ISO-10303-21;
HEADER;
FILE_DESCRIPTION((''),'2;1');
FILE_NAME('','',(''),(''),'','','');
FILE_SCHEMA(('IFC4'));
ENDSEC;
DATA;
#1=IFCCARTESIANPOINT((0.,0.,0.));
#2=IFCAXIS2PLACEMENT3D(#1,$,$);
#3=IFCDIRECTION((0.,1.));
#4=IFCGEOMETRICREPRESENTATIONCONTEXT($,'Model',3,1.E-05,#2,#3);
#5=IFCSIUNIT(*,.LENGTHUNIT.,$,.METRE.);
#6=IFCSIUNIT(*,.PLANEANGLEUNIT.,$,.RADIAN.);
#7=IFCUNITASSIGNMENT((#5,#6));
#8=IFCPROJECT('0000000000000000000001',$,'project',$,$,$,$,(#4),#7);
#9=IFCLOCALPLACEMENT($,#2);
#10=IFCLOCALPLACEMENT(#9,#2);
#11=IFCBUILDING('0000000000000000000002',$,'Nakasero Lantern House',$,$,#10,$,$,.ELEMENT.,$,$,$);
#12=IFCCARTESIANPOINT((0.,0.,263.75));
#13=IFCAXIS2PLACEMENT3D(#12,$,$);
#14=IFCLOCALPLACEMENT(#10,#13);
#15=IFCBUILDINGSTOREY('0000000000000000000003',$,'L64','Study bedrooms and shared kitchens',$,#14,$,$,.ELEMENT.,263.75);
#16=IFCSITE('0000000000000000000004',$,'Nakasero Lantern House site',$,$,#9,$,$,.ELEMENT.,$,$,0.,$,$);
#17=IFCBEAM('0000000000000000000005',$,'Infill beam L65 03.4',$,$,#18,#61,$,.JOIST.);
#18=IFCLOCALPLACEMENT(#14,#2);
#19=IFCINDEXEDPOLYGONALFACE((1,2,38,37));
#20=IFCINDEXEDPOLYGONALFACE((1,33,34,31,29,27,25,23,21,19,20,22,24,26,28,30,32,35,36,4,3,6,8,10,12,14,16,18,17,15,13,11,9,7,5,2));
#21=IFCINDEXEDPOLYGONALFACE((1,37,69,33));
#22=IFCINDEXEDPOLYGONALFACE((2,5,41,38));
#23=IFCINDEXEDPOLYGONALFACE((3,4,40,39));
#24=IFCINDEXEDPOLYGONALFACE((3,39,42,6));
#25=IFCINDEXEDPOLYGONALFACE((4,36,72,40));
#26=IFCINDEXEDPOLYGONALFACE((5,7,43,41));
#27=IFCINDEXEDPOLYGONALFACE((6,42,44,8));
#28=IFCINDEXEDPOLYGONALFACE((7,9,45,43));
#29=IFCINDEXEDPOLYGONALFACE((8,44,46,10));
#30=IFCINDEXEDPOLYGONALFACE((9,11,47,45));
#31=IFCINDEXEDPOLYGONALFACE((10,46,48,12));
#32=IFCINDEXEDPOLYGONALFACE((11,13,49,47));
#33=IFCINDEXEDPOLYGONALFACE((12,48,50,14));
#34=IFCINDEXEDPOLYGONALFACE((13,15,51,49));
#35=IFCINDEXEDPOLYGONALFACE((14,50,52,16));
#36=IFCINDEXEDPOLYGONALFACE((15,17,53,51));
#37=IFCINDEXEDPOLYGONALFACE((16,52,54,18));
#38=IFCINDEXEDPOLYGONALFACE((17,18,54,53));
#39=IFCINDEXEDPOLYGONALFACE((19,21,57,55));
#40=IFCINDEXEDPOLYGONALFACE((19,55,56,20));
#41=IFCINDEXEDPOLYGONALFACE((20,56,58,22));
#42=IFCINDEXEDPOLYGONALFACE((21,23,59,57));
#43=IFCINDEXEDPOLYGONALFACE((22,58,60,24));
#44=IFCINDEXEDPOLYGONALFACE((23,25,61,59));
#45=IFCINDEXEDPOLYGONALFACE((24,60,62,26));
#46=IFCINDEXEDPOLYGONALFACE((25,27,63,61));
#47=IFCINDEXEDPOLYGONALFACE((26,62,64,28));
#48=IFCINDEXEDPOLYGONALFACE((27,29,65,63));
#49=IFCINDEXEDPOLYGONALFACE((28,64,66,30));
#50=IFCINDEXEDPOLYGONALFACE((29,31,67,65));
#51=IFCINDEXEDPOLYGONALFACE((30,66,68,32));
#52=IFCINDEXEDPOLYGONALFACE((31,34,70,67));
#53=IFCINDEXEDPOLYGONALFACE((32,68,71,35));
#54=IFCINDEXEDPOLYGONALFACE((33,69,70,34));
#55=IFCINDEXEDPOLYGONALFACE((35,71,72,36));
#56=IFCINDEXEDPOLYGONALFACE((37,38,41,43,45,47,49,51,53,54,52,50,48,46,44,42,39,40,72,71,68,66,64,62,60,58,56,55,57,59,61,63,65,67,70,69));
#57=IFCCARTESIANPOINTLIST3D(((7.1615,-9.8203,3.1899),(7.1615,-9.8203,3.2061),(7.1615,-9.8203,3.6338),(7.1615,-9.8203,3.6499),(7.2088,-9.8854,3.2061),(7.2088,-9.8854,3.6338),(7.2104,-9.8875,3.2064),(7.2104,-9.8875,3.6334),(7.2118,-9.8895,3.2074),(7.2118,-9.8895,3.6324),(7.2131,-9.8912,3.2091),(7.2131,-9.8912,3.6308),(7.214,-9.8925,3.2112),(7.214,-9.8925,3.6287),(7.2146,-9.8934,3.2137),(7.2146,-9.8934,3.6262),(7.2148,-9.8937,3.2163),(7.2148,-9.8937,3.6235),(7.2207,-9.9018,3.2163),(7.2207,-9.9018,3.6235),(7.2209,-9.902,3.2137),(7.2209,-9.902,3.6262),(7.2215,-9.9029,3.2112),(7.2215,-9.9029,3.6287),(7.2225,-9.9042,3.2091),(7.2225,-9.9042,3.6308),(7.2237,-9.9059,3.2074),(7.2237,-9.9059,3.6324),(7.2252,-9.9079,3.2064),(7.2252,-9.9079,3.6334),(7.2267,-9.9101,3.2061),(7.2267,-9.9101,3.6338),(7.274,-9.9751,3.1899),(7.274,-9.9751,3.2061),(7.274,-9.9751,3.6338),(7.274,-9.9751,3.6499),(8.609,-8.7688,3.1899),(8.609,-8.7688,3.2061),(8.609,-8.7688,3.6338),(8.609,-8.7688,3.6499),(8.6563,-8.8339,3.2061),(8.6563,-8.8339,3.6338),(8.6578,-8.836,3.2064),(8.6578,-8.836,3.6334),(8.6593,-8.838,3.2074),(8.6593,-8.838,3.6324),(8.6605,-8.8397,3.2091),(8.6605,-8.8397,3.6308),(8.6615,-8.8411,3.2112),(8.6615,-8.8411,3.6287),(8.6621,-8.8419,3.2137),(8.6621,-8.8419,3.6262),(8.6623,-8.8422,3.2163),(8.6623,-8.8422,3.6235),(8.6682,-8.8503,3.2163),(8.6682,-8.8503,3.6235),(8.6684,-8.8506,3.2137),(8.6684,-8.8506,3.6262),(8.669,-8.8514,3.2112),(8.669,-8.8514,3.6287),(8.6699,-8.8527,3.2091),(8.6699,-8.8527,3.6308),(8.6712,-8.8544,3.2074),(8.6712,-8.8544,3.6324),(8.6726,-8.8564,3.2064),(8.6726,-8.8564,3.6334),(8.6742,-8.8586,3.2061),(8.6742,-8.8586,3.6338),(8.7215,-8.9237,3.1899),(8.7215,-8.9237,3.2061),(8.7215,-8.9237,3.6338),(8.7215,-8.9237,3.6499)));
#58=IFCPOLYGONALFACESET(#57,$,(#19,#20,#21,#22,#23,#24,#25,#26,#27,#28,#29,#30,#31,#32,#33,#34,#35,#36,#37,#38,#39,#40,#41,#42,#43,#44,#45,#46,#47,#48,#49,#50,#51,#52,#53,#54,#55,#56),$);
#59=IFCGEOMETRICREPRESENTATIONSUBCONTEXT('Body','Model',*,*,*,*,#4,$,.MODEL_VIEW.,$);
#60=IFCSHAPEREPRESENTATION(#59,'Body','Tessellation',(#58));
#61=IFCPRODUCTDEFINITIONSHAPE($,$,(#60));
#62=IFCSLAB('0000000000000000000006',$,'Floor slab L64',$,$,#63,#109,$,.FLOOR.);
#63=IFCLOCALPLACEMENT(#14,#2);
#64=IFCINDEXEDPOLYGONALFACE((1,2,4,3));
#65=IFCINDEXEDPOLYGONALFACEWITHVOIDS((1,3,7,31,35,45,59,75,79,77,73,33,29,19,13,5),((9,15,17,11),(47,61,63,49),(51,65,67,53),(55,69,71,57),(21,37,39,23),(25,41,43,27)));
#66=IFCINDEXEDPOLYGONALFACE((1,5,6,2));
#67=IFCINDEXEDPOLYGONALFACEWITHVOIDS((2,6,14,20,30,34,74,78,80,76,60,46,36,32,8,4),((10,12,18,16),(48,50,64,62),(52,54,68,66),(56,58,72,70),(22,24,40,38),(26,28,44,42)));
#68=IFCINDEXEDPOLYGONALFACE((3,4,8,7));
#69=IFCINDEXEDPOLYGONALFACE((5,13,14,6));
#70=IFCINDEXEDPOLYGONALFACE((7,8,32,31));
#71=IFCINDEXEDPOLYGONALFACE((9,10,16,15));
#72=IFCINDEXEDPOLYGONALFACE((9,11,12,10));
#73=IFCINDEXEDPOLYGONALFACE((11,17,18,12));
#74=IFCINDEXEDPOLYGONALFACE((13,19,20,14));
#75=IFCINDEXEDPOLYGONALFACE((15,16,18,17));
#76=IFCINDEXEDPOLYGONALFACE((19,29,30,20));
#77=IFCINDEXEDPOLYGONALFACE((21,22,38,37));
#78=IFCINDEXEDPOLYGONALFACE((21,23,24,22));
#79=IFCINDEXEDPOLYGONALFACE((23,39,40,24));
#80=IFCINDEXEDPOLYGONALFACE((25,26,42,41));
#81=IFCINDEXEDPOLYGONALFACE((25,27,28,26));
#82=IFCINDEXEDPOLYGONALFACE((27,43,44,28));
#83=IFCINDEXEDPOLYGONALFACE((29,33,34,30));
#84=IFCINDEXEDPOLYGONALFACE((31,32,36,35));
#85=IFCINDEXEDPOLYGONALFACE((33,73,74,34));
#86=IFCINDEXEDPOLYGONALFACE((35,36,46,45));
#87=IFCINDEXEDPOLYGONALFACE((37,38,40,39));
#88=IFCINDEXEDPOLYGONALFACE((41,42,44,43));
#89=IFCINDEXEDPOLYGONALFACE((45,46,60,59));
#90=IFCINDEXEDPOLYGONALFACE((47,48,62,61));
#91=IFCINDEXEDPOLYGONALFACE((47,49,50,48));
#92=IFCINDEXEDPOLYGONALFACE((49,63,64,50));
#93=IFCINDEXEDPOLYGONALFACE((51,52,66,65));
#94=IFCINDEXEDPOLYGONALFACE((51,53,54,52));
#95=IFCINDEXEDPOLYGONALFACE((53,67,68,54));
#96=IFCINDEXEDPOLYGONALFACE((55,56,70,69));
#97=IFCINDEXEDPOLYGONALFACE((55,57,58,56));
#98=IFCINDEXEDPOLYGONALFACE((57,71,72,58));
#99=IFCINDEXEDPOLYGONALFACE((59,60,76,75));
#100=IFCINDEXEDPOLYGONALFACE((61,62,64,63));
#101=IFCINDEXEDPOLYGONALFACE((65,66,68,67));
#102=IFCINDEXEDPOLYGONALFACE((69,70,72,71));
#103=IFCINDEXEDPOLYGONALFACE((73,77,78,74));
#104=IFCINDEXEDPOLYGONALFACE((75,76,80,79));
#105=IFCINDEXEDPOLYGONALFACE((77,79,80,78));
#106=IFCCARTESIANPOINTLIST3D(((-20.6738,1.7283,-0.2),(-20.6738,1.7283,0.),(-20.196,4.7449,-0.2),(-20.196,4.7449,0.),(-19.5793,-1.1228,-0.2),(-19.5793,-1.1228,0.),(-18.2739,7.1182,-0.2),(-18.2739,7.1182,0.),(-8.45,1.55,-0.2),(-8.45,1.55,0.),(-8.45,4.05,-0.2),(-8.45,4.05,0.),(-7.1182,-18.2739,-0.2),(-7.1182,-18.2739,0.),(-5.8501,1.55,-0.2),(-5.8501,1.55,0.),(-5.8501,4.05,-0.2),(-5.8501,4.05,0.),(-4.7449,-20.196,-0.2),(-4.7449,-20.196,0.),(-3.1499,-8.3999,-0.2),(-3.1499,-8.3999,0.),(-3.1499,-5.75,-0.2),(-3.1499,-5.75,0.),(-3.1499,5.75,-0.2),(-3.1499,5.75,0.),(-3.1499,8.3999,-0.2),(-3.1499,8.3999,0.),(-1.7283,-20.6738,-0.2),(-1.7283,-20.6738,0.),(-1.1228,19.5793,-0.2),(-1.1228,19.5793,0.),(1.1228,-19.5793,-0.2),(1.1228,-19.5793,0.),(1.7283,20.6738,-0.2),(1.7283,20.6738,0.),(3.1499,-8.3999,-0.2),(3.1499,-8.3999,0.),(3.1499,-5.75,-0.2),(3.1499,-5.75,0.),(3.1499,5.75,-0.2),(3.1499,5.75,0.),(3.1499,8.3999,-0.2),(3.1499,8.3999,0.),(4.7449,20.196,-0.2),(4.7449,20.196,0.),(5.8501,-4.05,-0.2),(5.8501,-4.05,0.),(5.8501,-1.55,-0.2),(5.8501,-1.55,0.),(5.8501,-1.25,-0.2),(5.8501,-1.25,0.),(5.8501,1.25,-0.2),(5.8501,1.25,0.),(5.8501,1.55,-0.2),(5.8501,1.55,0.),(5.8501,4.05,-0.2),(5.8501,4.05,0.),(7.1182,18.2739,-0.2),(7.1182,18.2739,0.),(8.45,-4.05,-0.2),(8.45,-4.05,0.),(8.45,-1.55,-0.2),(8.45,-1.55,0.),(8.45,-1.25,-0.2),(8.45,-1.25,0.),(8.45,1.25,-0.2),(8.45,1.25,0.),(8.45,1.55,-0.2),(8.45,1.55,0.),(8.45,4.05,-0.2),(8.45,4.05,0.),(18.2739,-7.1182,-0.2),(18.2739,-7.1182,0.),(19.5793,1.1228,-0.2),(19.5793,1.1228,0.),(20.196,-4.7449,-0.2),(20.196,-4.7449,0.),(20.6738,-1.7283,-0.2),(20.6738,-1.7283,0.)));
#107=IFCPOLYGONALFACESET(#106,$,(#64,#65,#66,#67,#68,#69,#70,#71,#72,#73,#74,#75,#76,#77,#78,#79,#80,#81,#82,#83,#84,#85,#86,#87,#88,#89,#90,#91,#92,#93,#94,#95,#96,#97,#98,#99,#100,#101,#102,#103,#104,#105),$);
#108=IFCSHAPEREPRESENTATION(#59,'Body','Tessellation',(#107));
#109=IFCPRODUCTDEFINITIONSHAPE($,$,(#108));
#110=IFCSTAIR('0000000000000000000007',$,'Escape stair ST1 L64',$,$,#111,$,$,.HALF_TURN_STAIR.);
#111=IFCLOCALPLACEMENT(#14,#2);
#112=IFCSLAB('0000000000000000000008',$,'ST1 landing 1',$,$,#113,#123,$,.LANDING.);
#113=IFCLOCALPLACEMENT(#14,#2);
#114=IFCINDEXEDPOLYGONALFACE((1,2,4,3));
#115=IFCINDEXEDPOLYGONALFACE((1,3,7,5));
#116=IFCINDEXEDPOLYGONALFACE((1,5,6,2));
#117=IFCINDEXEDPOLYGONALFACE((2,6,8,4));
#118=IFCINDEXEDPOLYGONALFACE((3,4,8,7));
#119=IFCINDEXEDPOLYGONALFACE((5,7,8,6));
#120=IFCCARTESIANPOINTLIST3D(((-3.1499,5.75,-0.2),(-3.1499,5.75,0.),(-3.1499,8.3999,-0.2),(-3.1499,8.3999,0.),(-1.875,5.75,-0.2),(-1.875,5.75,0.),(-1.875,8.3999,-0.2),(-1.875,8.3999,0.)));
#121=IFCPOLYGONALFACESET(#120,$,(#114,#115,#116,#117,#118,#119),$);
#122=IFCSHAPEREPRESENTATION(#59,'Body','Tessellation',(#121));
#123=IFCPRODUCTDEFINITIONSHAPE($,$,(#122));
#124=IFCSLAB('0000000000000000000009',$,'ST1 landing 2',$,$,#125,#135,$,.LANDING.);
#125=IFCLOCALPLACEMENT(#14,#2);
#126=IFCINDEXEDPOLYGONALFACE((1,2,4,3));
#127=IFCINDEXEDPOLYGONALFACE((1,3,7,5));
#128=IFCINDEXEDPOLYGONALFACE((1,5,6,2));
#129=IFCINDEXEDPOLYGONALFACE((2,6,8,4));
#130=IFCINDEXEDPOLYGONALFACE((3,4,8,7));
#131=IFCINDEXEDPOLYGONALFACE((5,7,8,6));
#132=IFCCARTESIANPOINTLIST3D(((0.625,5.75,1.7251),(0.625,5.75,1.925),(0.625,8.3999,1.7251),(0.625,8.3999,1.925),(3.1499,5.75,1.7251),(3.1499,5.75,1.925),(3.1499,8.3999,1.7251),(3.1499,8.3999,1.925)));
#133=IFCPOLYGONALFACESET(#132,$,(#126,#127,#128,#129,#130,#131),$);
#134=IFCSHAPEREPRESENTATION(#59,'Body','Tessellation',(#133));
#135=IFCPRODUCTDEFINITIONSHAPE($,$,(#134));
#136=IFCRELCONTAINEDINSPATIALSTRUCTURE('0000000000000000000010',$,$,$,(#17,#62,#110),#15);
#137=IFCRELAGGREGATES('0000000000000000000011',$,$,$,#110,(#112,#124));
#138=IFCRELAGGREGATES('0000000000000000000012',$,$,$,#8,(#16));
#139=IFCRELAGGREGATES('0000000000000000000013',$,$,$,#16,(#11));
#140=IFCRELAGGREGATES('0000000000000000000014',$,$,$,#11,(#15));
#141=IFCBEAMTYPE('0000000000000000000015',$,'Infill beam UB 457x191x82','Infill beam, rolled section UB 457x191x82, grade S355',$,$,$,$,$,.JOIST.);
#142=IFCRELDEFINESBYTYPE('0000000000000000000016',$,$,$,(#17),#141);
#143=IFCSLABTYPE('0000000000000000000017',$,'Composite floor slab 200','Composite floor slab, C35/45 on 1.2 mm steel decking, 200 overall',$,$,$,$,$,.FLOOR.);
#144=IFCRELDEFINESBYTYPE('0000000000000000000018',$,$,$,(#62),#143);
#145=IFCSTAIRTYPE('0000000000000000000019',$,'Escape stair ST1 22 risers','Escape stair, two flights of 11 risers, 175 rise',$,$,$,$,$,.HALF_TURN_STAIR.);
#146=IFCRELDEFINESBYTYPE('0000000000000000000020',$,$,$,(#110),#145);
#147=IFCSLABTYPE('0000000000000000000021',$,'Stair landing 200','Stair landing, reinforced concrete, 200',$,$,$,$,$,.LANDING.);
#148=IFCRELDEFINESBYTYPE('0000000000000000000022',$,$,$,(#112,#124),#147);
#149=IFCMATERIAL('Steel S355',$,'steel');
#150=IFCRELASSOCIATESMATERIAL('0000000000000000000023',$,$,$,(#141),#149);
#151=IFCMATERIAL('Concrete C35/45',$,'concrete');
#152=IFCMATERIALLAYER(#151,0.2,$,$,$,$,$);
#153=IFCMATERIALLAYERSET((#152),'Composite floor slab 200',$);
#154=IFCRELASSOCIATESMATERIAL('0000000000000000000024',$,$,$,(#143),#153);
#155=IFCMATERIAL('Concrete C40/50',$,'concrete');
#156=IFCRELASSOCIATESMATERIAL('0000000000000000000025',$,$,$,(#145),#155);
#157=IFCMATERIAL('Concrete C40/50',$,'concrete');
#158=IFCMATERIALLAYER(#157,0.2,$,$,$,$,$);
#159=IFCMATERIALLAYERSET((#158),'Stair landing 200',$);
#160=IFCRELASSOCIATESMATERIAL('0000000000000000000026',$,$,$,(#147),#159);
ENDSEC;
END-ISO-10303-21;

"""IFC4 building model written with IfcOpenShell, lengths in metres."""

from ifc_helpers import new_model, si_unit, direction, frame, origin, origin_2d, place, context, subcontext, project, spatial, polyline, i_section, outline, extrude, material, layer, layer_set, material_profile, profile_set, type_object, element, aggregate, save


model = new_model("IFC4")

# Units and contexts
model_context = context("Model", 3, precision=1e-05, world=origin(), true_north=direction((0.0, 1.0)))
body_context = subcontext(model_context, "Body", "Model", "MODEL_VIEW")
ifc_project = project(units=[si_unit("LENGTHUNIT", "METRE"), si_unit("PLANEANGLEUNIT", "RADIAN")], contexts=[model_context])

# Site, building, storey
site_placement = place(None, origin())
site = spatial("IfcSite", under=ifc_project, at=site_placement, Name="Nakasero Lantern House site", CompositionType="ELEMENT", RefElevation=0.0)
building_placement = place(site_placement, origin())
building = spatial("IfcBuilding", under=site, at=building_placement, Name="Nakasero Lantern House", CompositionType="ELEMENT")
storey_placement = place(building_placement, frame((0.0, 0.0, 263.75)))
storey = spatial("IfcBuildingStorey", under=building, at=storey_placement, Name="L64", Description="Study bedrooms and shared kitchens", CompositionType="ELEMENT", Elevation=263.75)

# Beam
ifc_material_1 = material(Name="Steel S355", Category="steel")
ifc_material_profile = material_profile(ifc_material_1, i_section(OverallWidth=0.1914, OverallDepth=0.46, WebThickness=0.01, FlangeThickness=0.0161, FilletRadius=0.0103, at=origin_2d()), Name="UB 457x191x82")
ifc_profile_set = profile_set([ifc_material_profile], Name="Steel S355")
beam_type = type_object("IfcBeamType", Name="Infill beam UB 457x191x82", Description="Infill beam, rolled section UB 457x191x82, grade S355", PredefinedType="JOIST", material=ifc_profile_set)
beam_placement = place(storey_placement, frame((7.2178, -9.8977, 3.4199), z_axis=(0.809061, 0.587725, 0.0), x_axis=(-0.587725, 0.809061, 0.0)))
element("IfcBeam", 1, at=beam_placement, inside=storey, type_object=beam_type, Name="Infill beam L65 03.4", PredefinedType="JOIST", context=body_context, shape_type="SweptSolid", body=[
    extrude(i_section(OverallWidth=0.1914, OverallDepth=0.46, WebThickness=0.01, FlangeThickness=0.0161, FilletRadius=0.0103, at=origin_2d()), origin(), (0.0, 0.0, 1.0), 1.7891),
])

# Slab
ifc_material_2 = material(Name="Concrete C35/45", Category="concrete")
ifc_layer_1 = layer(ifc_material_2, 0.2)
ifc_layer_set_1 = layer_set([ifc_layer_1], Name="Composite floor slab 200")
slab_type_1 = type_object("IfcSlabType", Name="Composite floor slab 200", Description="Composite floor slab, C35/45 on 1.2 mm steel decking, 200 overall", PredefinedType="FLOOR", material=ifc_layer_set_1)
slab_1_placement = place(storey_placement, frame((0.0, 0.0, -0.2)))
element("IfcSlab", 2, at=slab_1_placement, inside=storey, type_object=slab_type_1, Name="Floor slab L64", PredefinedType="FLOOR", context=body_context, shape_type="SweptSolid", body=[
    extrude(outline(polyline([(7.1182, 18.2739), (4.7449, 20.196), (1.7283, 20.6738), (-1.1228, 19.5793), (-18.2739, 7.1182), (-20.196, 4.7449), (-20.6738, 1.7283), (-19.5793, -1.1228), (-7.1182, -18.2739), (-4.7449, -20.196), (-1.7283, -20.6738), (1.1228, -19.5793), (18.2739, -7.1182), (20.196, -4.7449), (20.6738, -1.7283), (19.5793, 1.1228), (7.1182, 18.2739)]), holes=[polyline([(-8.45, 1.55), (-5.8501, 1.55), (-5.8501, 4.05), (-8.45, 4.05), (-8.45, 1.55)]), polyline([(5.8501, -4.05), (8.45, -4.05), (8.45, -1.55), (5.8501, -1.55), (5.8501, -4.05)]), polyline([(5.8501, -1.25), (8.45, -1.25), (8.45, 1.25), (5.8501, 1.25), (5.8501, -1.25)]), polyline([(5.8501, 1.55), (8.45, 1.55), (8.45, 4.05), (5.8501, 4.05), (5.8501, 1.55)]), polyline([(-3.1499, 5.75), (3.1499, 5.75), (3.1499, 8.3999), (-3.1499, 8.3999), (-3.1499, 5.75)]), polyline([(-3.1499, -8.3999), (3.1499, -8.3999), (3.1499, -5.75), (-3.1499, -5.75), (-3.1499, -8.3999)])]), origin(), (0.0, 0.0, 1.0), 0.2),
])

# Stair, slabs
ifc_material_3 = material(Name="Concrete C40/50", Category="concrete")
stair_type_1 = type_object("IfcStairType", Name="Escape stair ST1 22 risers", Description="Escape stair, two flights of 11 risers, 175 rise", PredefinedType="HALF_TURN_STAIR", material=ifc_material_3)
stair_1_placement = place(storey_placement, origin())
stair_1 = element("IfcStair", 3, at=stair_1_placement, inside=storey, type_object=stair_type_1, Name="Escape stair ST1 L64", PredefinedType="HALF_TURN_STAIR")
ifc_material_4 = material(Name="Concrete C40/50", Category="concrete")
ifc_layer_2 = layer(ifc_material_4, 0.2)
ifc_layer_set_2 = layer_set([ifc_layer_2], Name="Stair landing 200")
slab_type_2 = type_object("IfcSlabType", Name="Stair landing 200", Description="Stair landing, reinforced concrete, 200", PredefinedType="LANDING", material=ifc_layer_set_2)
slab_2_placement = place(storey_placement, frame((0.0, 0.0, -0.2)))
slab_2 = element("IfcSlab", 4, at=slab_2_placement, type_object=slab_type_2, Name="ST1 landing 1", PredefinedType="LANDING", context=body_context, shape_type="SweptSolid", body=[
    extrude(outline(polyline([(-3.1499, 5.75), (-1.875, 5.75), (-1.875, 8.3999), (-3.1499, 8.3999), (-3.1499, 5.75)])), origin(), (0.0, 0.0, 1.0), 0.2),
])
slab_3_placement = place(storey_placement, frame((0.0, 0.0, 1.7251)))
slab_3 = element("IfcSlab", 5, at=slab_3_placement, type_object=slab_type_2, Name="ST1 landing 2", PredefinedType="LANDING", context=body_context, shape_type="SweptSolid", body=[
    extrude(outline(polyline([(0.625, 5.75), (3.1499, 5.75), (3.1499, 8.3999), (0.625, 8.3999), (0.625, 5.75)])), origin(), (0.0, 0.0, 1.0), 0.2),
])
aggregate(stair_1, [slab_2, slab_3])

save(model, "model.ifc")
